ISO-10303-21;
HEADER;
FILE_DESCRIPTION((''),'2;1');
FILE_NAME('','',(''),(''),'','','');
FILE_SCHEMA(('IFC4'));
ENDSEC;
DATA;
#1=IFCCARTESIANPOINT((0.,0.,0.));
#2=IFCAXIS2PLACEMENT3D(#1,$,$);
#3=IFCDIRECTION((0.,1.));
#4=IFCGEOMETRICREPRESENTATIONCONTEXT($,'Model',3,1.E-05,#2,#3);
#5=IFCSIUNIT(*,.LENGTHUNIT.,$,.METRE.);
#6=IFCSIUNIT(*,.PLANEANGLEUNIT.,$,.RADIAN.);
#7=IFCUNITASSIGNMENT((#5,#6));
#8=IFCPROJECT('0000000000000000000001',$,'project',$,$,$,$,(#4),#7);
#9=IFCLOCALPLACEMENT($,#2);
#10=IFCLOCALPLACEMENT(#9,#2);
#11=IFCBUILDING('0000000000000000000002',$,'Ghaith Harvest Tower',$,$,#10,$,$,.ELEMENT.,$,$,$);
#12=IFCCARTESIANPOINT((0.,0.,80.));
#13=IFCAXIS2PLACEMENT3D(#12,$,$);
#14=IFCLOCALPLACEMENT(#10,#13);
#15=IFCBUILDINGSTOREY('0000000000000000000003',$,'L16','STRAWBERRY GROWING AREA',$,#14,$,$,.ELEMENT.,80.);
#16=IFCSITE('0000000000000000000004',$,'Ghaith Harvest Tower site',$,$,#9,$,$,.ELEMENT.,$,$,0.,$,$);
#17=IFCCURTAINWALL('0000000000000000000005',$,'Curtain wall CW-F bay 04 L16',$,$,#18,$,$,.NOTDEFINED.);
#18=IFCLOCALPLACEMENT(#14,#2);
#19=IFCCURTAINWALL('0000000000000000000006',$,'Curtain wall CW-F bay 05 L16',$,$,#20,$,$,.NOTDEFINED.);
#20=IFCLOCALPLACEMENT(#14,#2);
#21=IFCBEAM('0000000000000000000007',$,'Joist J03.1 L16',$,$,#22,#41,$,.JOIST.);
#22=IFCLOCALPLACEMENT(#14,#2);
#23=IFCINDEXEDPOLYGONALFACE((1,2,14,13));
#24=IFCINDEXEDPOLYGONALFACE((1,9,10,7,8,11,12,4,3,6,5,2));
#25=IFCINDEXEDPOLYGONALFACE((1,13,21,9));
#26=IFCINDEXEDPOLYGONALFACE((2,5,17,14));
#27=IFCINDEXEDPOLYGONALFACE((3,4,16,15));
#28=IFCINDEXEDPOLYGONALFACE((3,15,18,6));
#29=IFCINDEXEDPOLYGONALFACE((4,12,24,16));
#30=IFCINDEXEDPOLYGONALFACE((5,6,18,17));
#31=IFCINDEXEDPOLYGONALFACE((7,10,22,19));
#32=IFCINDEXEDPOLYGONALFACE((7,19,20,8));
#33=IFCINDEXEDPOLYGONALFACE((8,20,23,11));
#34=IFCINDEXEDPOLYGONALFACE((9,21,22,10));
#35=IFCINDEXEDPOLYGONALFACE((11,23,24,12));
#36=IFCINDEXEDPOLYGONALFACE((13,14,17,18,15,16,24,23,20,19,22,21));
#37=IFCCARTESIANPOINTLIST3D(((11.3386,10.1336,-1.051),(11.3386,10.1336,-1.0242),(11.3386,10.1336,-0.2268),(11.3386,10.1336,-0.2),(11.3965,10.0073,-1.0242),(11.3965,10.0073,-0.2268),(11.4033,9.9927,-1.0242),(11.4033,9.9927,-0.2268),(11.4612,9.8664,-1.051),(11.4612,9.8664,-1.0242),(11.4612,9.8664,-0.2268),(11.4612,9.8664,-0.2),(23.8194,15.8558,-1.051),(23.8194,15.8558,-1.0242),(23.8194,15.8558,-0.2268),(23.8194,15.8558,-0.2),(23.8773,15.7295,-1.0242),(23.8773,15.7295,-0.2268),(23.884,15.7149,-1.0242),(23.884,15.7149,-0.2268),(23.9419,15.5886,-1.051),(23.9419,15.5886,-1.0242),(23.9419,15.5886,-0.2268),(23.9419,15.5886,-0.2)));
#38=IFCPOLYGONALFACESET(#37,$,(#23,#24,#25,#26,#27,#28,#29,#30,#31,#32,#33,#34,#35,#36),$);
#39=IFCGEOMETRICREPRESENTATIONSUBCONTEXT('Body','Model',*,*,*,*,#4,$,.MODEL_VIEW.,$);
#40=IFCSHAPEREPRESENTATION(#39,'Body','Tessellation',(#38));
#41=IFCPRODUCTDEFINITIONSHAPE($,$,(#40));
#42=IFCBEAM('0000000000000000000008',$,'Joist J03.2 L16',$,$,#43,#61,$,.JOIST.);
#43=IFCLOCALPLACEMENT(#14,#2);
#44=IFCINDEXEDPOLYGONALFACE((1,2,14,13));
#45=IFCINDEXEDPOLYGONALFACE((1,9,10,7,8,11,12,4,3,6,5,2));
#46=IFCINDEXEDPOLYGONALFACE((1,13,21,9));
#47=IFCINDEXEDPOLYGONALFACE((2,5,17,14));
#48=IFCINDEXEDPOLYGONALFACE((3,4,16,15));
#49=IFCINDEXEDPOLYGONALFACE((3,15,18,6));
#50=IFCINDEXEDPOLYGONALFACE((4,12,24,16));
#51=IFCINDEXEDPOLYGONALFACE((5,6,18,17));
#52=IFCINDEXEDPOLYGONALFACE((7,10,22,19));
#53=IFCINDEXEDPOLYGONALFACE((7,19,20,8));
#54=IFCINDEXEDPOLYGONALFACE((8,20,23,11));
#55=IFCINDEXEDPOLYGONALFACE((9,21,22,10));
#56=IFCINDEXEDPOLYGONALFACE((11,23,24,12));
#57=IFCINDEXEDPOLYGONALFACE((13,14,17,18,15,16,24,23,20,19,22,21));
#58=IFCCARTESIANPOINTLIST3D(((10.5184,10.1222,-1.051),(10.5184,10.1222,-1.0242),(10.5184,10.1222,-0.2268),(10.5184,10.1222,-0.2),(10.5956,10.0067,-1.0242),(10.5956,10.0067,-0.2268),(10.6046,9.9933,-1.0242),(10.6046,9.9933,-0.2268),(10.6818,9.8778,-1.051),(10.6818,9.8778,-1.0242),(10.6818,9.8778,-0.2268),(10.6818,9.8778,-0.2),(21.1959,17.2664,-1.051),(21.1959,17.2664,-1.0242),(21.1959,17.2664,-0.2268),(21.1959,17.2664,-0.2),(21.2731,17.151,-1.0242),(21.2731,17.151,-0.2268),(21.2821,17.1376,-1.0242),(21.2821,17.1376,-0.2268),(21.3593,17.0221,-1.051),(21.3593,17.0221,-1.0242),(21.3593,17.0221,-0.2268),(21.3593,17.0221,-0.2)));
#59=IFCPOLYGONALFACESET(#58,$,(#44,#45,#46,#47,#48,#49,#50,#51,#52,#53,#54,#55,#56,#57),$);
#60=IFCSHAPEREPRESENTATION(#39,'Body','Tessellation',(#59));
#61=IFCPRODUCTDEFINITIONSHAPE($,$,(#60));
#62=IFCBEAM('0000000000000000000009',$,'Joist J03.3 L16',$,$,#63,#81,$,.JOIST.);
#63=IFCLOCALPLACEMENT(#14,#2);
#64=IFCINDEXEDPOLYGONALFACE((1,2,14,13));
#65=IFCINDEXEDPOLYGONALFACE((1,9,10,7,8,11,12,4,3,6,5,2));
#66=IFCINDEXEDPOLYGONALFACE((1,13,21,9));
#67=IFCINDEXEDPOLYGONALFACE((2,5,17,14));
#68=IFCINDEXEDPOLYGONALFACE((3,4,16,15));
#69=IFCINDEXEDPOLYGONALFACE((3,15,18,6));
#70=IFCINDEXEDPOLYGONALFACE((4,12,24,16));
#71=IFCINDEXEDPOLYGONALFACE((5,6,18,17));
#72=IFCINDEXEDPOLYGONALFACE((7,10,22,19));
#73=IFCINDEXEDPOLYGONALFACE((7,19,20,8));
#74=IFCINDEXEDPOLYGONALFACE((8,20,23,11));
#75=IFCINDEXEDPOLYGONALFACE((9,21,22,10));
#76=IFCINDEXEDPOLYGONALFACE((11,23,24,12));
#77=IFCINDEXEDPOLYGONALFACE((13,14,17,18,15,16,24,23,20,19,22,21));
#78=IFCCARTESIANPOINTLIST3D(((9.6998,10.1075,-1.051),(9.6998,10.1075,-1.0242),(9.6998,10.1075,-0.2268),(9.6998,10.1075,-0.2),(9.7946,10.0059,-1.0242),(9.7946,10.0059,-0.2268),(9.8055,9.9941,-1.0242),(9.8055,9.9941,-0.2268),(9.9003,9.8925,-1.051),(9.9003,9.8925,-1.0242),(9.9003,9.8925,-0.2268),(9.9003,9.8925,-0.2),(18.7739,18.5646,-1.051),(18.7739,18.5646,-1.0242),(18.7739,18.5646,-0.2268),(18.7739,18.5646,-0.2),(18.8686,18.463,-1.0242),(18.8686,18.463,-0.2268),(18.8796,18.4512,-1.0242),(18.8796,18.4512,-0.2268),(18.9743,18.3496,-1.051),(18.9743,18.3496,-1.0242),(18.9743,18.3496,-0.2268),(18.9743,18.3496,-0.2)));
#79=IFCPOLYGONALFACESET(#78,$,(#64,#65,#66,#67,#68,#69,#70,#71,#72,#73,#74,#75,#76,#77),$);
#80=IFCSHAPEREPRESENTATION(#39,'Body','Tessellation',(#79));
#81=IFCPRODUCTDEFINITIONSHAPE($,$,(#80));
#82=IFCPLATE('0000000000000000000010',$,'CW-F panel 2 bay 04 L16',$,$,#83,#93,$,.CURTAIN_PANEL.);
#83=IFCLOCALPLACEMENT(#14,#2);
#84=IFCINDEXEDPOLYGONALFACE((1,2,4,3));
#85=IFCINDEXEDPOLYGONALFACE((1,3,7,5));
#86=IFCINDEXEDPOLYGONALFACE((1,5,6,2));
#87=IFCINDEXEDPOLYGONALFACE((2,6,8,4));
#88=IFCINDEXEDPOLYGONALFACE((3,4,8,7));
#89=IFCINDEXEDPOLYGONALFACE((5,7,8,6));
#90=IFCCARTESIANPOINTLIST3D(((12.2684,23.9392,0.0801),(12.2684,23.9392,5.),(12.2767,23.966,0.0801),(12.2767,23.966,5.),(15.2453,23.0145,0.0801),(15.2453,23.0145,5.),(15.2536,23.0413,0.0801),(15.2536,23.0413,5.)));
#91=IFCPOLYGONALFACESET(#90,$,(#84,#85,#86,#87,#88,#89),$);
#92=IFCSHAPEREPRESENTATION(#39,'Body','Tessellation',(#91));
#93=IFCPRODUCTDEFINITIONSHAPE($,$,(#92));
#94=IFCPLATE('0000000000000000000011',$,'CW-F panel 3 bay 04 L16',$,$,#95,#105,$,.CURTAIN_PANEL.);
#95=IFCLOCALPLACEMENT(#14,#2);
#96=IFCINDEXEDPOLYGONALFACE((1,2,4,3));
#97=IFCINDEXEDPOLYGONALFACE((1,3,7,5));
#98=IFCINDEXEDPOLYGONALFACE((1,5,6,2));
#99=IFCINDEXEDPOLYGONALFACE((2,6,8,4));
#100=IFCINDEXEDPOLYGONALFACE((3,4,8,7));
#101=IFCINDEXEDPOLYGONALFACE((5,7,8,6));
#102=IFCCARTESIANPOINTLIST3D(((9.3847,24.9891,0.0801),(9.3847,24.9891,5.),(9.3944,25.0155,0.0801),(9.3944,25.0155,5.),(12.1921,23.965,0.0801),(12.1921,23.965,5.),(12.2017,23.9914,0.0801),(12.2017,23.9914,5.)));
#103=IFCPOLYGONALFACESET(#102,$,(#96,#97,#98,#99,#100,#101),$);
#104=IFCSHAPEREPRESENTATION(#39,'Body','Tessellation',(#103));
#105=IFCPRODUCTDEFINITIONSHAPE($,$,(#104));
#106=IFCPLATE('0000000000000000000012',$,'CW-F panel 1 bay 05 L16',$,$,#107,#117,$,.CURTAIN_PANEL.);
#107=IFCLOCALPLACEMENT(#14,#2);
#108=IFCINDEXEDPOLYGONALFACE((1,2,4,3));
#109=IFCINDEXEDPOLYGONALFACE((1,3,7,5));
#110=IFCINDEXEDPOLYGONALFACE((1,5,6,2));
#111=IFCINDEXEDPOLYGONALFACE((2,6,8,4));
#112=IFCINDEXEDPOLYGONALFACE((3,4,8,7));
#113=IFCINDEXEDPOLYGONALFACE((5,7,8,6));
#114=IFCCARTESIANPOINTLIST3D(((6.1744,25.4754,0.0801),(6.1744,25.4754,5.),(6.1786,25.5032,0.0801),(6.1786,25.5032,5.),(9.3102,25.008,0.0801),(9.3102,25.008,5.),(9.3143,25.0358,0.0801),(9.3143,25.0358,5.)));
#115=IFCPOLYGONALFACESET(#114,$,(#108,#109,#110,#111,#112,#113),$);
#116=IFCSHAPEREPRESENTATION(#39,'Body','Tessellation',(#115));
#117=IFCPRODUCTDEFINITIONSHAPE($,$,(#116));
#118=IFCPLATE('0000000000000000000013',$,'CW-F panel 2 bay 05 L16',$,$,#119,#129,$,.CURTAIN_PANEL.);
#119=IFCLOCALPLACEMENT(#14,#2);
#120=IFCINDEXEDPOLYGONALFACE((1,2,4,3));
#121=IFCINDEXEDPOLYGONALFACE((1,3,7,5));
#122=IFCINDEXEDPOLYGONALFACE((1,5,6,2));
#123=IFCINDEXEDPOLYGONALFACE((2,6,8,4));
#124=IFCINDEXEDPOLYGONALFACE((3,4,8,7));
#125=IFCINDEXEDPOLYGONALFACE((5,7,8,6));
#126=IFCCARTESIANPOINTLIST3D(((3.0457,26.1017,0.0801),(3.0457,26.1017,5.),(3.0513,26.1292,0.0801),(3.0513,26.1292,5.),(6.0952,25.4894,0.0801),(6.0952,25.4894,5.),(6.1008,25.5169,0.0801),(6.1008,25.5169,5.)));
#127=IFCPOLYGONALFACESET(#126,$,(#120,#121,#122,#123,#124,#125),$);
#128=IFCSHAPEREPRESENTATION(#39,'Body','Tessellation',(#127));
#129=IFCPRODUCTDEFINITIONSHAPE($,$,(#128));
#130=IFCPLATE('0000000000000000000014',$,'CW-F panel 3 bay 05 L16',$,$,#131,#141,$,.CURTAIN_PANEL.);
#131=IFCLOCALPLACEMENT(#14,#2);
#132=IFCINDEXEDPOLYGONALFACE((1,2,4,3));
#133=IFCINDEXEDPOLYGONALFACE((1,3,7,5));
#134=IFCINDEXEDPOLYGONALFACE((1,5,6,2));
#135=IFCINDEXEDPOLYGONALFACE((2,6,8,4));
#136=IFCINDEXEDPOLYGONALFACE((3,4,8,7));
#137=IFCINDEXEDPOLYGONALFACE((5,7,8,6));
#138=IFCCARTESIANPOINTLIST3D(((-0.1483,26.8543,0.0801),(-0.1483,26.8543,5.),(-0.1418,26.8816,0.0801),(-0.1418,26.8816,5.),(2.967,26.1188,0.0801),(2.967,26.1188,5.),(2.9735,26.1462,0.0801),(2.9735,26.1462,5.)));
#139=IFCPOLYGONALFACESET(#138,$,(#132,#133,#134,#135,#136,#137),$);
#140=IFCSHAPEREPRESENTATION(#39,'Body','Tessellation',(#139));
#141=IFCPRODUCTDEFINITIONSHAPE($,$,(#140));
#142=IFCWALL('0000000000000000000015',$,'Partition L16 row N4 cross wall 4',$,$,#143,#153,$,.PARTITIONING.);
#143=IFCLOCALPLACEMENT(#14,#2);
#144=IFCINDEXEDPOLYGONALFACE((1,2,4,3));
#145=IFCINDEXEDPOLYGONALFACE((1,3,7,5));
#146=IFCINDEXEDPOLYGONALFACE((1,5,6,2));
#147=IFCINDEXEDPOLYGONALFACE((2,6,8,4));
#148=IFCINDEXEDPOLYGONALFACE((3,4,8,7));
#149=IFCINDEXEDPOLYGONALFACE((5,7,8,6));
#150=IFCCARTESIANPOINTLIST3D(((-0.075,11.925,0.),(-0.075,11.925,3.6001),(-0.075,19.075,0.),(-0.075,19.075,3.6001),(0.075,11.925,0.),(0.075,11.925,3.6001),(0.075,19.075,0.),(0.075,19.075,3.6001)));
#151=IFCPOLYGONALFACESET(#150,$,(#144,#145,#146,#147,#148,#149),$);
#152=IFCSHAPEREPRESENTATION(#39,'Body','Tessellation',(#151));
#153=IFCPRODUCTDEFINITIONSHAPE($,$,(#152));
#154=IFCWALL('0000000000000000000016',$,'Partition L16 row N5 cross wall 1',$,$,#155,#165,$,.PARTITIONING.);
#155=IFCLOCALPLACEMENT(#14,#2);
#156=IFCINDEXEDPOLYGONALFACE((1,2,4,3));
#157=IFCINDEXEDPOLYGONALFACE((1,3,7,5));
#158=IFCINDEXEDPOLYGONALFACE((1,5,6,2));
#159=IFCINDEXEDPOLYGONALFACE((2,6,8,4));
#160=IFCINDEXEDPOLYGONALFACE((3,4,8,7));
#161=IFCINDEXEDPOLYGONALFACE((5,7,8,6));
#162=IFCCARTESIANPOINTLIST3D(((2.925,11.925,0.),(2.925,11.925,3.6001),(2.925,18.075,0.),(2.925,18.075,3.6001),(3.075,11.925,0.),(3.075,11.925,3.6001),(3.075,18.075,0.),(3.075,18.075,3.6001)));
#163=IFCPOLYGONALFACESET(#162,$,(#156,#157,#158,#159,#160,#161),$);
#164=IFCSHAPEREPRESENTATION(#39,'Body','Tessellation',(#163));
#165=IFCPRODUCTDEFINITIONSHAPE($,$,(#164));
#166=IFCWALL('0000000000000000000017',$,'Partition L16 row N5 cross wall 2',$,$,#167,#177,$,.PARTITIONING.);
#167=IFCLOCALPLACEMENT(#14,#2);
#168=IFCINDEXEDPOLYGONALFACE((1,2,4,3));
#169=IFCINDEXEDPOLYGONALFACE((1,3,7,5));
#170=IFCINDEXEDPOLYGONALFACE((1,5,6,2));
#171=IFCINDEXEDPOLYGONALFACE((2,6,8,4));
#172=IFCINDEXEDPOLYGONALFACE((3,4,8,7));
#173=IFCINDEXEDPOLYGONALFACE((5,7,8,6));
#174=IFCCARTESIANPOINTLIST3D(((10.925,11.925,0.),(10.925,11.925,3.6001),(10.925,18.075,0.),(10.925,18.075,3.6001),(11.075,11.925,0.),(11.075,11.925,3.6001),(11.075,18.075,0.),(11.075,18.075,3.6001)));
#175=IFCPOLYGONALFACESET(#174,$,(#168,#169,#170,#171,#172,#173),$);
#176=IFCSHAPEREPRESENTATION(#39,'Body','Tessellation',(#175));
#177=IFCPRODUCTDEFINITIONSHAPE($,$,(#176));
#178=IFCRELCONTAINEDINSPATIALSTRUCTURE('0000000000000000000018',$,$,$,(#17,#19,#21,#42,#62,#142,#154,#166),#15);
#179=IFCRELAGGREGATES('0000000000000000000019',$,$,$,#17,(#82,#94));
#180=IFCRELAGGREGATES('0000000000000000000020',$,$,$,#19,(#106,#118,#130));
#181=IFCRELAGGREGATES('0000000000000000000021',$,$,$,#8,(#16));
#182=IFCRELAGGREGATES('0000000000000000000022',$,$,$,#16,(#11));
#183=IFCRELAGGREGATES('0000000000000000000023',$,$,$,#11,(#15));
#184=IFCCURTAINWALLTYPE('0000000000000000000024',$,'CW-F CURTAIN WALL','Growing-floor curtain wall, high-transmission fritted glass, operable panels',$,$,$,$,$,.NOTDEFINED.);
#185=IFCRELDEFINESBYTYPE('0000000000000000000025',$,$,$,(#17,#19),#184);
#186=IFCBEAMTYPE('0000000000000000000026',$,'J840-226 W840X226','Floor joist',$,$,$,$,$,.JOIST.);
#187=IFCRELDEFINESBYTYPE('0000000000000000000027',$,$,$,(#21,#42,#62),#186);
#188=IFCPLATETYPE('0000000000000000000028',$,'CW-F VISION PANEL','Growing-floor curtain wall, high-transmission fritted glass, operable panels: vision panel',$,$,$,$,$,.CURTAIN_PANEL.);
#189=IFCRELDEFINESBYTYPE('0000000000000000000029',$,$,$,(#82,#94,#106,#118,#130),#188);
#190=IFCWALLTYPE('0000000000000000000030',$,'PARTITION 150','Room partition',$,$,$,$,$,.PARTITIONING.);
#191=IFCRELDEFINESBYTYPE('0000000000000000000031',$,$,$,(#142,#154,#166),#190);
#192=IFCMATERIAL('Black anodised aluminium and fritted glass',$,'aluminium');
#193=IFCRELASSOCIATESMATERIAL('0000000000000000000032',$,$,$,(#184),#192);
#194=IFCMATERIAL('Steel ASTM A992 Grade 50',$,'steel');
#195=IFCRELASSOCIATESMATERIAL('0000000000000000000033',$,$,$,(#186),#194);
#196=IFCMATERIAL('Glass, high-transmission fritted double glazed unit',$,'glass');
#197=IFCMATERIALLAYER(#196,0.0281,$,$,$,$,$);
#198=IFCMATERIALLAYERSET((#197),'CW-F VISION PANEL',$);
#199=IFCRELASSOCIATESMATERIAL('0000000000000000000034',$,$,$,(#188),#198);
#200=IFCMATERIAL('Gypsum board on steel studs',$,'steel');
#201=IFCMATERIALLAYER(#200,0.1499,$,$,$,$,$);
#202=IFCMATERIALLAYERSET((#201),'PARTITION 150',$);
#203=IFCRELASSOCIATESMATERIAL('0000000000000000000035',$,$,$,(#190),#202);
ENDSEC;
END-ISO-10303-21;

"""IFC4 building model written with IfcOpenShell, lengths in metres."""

from ifc_helpers import new_model, si_unit, direction, frame, frame_2d, origin, origin_2d, place, context, subcontext, project, spatial, rectangle, i_section, extrude, material, layer, layer_set, material_profile, profile_set, type_object, element, aggregate, save


model = new_model("IFC4")

# Units and contexts
model_context = context("Model", 3, precision=1e-05, world=origin(), true_north=direction((0.0, 1.0)))
body_context = subcontext(model_context, "Body", "Model", "MODEL_VIEW")
ifc_project = project(units=[si_unit("LENGTHUNIT", "METRE"), si_unit("PLANEANGLEUNIT", "RADIAN")], contexts=[model_context])

# Site, building, storey
site_placement = place(None, origin())
site = spatial("IfcSite", under=ifc_project, at=site_placement, Name="Ghaith Harvest Tower site", CompositionType="ELEMENT", RefElevation=0.0)
building_placement = place(site_placement, origin())
building = spatial("IfcBuilding", under=site, at=building_placement, Name="Ghaith Harvest Tower", CompositionType="ELEMENT")
storey_placement = place(building_placement, frame((0.0, 0.0, 80.0)))
storey = spatial("IfcBuildingStorey", under=building, at=storey_placement, Name="L16", Description="STRAWBERRY GROWING AREA", CompositionType="ELEMENT", Elevation=80.0)

# Curtain wall
ifc_material_1 = material(Name="Black anodised aluminium and fritted glass", Category="aluminium")
curtain_wall_type = type_object("IfcCurtainWallType", Name="CW-F CURTAIN WALL", Description="Growing-floor curtain wall, high-transmission fritted glass, operable panels", PredefinedType="NOTDEFINED", material=ifc_material_1)
curtain_wall_1_placement = place(storey_placement, origin())
curtain_wall_1 = element("IfcCurtainWall", 1, at=curtain_wall_1_placement, inside=storey, type_object=curtain_wall_type, Name="Curtain wall CW-F bay 04 L16", PredefinedType="NOTDEFINED")

# Curtain wall
curtain_wall_2_placement = place(storey_placement, origin())
curtain_wall_2 = element("IfcCurtainWall", 2, at=curtain_wall_2_placement, inside=storey, type_object=curtain_wall_type, Name="Curtain wall CW-F bay 05 L16", PredefinedType="NOTDEFINED")

# Beams
ifc_material_2 = material(Name="Steel ASTM A992 Grade 50", Category="steel")
ifc_material_profile_1 = material_profile(ifc_material_2, i_section(OverallWidth=0.2939, OverallDepth=0.8511, WebThickness=0.0161, FlangeThickness=0.0269, at=origin_2d()), Name="W840X226")
ifc_profile_set_1 = profile_set([ifc_material_profile_1], Name="Steel ASTM A992 Grade 50")
beam_type_1 = type_object("IfcBeamType", Name="J840-226 W840X226", Description="Floor joist", PredefinedType="JOIST", material=ifc_profile_set_1)
beam_1_placement = place(storey_placement, frame((11.3999, 10.0, -0.6255), z_axis=(0.909014, 0.416766, 0.0), x_axis=(-0.416766, 0.909014, 0.0)))
element("IfcBeam", 3, at=beam_1_placement, inside=storey, type_object=beam_type_1, Name="Joist J03.1 L16", PredefinedType="JOIST", context=body_context, shape_type="SweptSolid", body=[
    extrude(i_section(OverallWidth=0.2939, OverallDepth=0.8511, WebThickness=0.0161, FlangeThickness=0.0269, at=origin_2d()), origin(), (0.0, 0.0, 1.0), 13.73),
])
beam_2_placement = place(storey_placement, frame((10.6001, 10.0, -0.6255), z_axis=(0.831116, 0.556098, 0.0), x_axis=(-0.556098, 0.831116, 0.0)))
element("IfcBeam", 4, at=beam_2_placement, inside=storey, type_object=beam_type_1, Name="Joist J03.2 L16", PredefinedType="JOIST", context=body_context, shape_type="SweptSolid", body=[
    extrude(i_section(OverallWidth=0.2939, OverallDepth=0.8511, WebThickness=0.0161, FlangeThickness=0.0269, at=origin_2d()), origin(), (0.0, 0.0, 1.0), 12.8472),
])
beam_3_placement = place(storey_placement, frame((9.8, 10.0, -0.6255), z_axis=(0.731538, 0.681801, 0.0), x_axis=(-0.681801, 0.731538, 0.0)))
element("IfcBeam", 5, at=beam_3_placement, inside=storey, type_object=beam_type_1, Name="Joist J03.3 L16", PredefinedType="JOIST", context=body_context, shape_type="SweptSolid", body=[
    extrude(i_section(OverallWidth=0.2939, OverallDepth=0.8511, WebThickness=0.0161, FlangeThickness=0.0269, at=origin_2d()), origin(), (0.0, 0.0, 1.0), 12.4041),
])

# Plates
ifc_material_3 = material(Name="Glass, high-transmission fritted double glazed unit", Category="glass")
ifc_layer_1 = layer(ifc_material_3, 0.0281)
ifc_layer_set_1 = layer_set([ifc_layer_1], Name="CW-F VISION PANEL")
plate_type = type_object("IfcPlateType", Name="CW-F VISION PANEL", Description="Growing-floor curtain wall, high-transmission fritted glass, operable panels: vision panel", PredefinedType="CURTAIN_PANEL", material=ifc_layer_set_1)
plate_1_placement = place(storey_placement, frame((13.761, 23.4902, 0.0801), z_axis=(0.0, 0.0, 1.0), x_axis=(-0.954988, 0.296644, 0.0)))
plate_1 = element("IfcPlate", 6, at=plate_1_placement, type_object=plate_type, Name="CW-F panel 2 bay 04 L16", PredefinedType="CURTAIN_PANEL", context=body_context, shape_type="SweptSolid", body=[
    extrude(rectangle(XDim=3.1172, YDim=0.0281, at=origin_2d()), origin(), (0.0, 0.0, 1.0), 4.9199),
])
plate_2_placement = place(storey_placement, frame((10.7932, 24.4902, 0.0801), z_axis=(0.0, 0.0, 1.0), x_axis=(-0.939438, 0.342718, 0.0)))
plate_2 = element("IfcPlate", 7, at=plate_2_placement, type_object=plate_type, Name="CW-F panel 3 bay 04 L16", PredefinedType="CURTAIN_PANEL", context=body_context, shape_type="SweptSolid", body=[
    extrude(rectangle(XDim=2.9883, YDim=0.0281, at=origin_2d()), origin(), (0.0, 0.0, 1.0), 4.9199),
])
aggregate(curtain_wall_1, [plate_1, plate_2])
plate_3_placement = place(storey_placement, frame((7.7444, 25.2556, 0.0801), z_axis=(0.0, 0.0, 1.0), x_axis=(-0.989074, 0.147418, 0.0)))
plate_3 = element("IfcPlate", 8, at=plate_3_placement, type_object=plate_type, Name="CW-F panel 1 bay 05 L16", PredefinedType="CURTAIN_PANEL", context=body_context, shape_type="SweptSolid", body=[
    extrude(rectangle(XDim=3.1704, YDim=0.0281, at=origin_2d()), origin(), (0.0, 0.0, 1.0), 4.9199),
])
plate_4_placement = place(storey_placement, frame((4.5732, 25.8093, 0.0801), z_axis=(0.0, 0.0, 1.0), x_axis=(-0.980432, 0.196856, 0.0)))
plate_4 = element("IfcPlate", 9, at=plate_4_placement, type_object=plate_type, Name="CW-F panel 2 bay 05 L16", PredefinedType="CURTAIN_PANEL", context=body_context, shape_type="SweptSolid", body=[
    extrude(rectangle(XDim=3.1104, YDim=0.0281, at=origin_2d()), origin(), (0.0, 0.0, 1.0), 4.9199),
])
plate_5_placement = place(storey_placement, frame((1.4126, 26.5002, 0.0801), z_axis=(0.0, 0.0, 1.0), x_axis=(-0.973246, 0.229766, 0.0)))
plate_5 = element("IfcPlate", 10, at=plate_5_placement, type_object=plate_type, Name="CW-F panel 3 bay 05 L16", PredefinedType="CURTAIN_PANEL", context=body_context, shape_type="SweptSolid", body=[
    extrude(rectangle(XDim=3.2009, YDim=0.0281, at=origin_2d()), origin(), (0.0, 0.0, 1.0), 4.9199),
])
aggregate(curtain_wall_2, [plate_3, plate_4, plate_5])

# Walls
ifc_material_4 = material(Name="Gypsum board on steel studs", Category="steel")
ifc_layer_2 = layer(ifc_material_4, 0.1499)
ifc_layer_set_2 = layer_set([ifc_layer_2], Name="PARTITION 150")
wall_type = type_object("IfcWallType", Name="PARTITION 150", Description="Room partition", PredefinedType="PARTITIONING", material=ifc_layer_set_2)
wall_1_placement = place(storey_placement, frame((0.0, 11.925, 0.0), z_axis=(0.0, 0.0, 1.0), x_axis=(0.0, 1.0, 0.0)))
element("IfcWall", 11, at=wall_1_placement, inside=storey, type_object=wall_type, Name="Partition L16 row N4 cross wall 4", PredefinedType="PARTITIONING", context=body_context, shape_type="SweptSolid", body=[
    extrude(rectangle(XDim=7.1499, YDim=0.1499, at=frame_2d((3.575, 0.0))), origin(), (0.0, 0.0, 1.0), 3.6001),
])
for number, where, z_axis, x_axis, name in (
    (12, (3.0, 11.925, 0.0), (0.0, 0.0, 1.0), (0.0, 1.0, 0.0), "Partition L16 row N5 cross wall 1"),
    (13, (11.0, 11.925, 0.0), (0.0, 0.0, 1.0), (0.0, 1.0, 0.0), "Partition L16 row N5 cross wall 2"),
):
    element("IfcWall", number, at=place(storey_placement, frame(where, z_axis=z_axis, x_axis=x_axis)), inside=storey, type_object=wall_type, Name=name, PredefinedType="PARTITIONING", context=body_context, shape_type="SweptSolid", body=[
        extrude(rectangle(XDim=6.1499, YDim=0.1499, at=frame_2d((3.075, 0.0))), origin(), (0.0, 0.0, 1.0), 3.6001),
    ])

save(model, "model.ifc")
